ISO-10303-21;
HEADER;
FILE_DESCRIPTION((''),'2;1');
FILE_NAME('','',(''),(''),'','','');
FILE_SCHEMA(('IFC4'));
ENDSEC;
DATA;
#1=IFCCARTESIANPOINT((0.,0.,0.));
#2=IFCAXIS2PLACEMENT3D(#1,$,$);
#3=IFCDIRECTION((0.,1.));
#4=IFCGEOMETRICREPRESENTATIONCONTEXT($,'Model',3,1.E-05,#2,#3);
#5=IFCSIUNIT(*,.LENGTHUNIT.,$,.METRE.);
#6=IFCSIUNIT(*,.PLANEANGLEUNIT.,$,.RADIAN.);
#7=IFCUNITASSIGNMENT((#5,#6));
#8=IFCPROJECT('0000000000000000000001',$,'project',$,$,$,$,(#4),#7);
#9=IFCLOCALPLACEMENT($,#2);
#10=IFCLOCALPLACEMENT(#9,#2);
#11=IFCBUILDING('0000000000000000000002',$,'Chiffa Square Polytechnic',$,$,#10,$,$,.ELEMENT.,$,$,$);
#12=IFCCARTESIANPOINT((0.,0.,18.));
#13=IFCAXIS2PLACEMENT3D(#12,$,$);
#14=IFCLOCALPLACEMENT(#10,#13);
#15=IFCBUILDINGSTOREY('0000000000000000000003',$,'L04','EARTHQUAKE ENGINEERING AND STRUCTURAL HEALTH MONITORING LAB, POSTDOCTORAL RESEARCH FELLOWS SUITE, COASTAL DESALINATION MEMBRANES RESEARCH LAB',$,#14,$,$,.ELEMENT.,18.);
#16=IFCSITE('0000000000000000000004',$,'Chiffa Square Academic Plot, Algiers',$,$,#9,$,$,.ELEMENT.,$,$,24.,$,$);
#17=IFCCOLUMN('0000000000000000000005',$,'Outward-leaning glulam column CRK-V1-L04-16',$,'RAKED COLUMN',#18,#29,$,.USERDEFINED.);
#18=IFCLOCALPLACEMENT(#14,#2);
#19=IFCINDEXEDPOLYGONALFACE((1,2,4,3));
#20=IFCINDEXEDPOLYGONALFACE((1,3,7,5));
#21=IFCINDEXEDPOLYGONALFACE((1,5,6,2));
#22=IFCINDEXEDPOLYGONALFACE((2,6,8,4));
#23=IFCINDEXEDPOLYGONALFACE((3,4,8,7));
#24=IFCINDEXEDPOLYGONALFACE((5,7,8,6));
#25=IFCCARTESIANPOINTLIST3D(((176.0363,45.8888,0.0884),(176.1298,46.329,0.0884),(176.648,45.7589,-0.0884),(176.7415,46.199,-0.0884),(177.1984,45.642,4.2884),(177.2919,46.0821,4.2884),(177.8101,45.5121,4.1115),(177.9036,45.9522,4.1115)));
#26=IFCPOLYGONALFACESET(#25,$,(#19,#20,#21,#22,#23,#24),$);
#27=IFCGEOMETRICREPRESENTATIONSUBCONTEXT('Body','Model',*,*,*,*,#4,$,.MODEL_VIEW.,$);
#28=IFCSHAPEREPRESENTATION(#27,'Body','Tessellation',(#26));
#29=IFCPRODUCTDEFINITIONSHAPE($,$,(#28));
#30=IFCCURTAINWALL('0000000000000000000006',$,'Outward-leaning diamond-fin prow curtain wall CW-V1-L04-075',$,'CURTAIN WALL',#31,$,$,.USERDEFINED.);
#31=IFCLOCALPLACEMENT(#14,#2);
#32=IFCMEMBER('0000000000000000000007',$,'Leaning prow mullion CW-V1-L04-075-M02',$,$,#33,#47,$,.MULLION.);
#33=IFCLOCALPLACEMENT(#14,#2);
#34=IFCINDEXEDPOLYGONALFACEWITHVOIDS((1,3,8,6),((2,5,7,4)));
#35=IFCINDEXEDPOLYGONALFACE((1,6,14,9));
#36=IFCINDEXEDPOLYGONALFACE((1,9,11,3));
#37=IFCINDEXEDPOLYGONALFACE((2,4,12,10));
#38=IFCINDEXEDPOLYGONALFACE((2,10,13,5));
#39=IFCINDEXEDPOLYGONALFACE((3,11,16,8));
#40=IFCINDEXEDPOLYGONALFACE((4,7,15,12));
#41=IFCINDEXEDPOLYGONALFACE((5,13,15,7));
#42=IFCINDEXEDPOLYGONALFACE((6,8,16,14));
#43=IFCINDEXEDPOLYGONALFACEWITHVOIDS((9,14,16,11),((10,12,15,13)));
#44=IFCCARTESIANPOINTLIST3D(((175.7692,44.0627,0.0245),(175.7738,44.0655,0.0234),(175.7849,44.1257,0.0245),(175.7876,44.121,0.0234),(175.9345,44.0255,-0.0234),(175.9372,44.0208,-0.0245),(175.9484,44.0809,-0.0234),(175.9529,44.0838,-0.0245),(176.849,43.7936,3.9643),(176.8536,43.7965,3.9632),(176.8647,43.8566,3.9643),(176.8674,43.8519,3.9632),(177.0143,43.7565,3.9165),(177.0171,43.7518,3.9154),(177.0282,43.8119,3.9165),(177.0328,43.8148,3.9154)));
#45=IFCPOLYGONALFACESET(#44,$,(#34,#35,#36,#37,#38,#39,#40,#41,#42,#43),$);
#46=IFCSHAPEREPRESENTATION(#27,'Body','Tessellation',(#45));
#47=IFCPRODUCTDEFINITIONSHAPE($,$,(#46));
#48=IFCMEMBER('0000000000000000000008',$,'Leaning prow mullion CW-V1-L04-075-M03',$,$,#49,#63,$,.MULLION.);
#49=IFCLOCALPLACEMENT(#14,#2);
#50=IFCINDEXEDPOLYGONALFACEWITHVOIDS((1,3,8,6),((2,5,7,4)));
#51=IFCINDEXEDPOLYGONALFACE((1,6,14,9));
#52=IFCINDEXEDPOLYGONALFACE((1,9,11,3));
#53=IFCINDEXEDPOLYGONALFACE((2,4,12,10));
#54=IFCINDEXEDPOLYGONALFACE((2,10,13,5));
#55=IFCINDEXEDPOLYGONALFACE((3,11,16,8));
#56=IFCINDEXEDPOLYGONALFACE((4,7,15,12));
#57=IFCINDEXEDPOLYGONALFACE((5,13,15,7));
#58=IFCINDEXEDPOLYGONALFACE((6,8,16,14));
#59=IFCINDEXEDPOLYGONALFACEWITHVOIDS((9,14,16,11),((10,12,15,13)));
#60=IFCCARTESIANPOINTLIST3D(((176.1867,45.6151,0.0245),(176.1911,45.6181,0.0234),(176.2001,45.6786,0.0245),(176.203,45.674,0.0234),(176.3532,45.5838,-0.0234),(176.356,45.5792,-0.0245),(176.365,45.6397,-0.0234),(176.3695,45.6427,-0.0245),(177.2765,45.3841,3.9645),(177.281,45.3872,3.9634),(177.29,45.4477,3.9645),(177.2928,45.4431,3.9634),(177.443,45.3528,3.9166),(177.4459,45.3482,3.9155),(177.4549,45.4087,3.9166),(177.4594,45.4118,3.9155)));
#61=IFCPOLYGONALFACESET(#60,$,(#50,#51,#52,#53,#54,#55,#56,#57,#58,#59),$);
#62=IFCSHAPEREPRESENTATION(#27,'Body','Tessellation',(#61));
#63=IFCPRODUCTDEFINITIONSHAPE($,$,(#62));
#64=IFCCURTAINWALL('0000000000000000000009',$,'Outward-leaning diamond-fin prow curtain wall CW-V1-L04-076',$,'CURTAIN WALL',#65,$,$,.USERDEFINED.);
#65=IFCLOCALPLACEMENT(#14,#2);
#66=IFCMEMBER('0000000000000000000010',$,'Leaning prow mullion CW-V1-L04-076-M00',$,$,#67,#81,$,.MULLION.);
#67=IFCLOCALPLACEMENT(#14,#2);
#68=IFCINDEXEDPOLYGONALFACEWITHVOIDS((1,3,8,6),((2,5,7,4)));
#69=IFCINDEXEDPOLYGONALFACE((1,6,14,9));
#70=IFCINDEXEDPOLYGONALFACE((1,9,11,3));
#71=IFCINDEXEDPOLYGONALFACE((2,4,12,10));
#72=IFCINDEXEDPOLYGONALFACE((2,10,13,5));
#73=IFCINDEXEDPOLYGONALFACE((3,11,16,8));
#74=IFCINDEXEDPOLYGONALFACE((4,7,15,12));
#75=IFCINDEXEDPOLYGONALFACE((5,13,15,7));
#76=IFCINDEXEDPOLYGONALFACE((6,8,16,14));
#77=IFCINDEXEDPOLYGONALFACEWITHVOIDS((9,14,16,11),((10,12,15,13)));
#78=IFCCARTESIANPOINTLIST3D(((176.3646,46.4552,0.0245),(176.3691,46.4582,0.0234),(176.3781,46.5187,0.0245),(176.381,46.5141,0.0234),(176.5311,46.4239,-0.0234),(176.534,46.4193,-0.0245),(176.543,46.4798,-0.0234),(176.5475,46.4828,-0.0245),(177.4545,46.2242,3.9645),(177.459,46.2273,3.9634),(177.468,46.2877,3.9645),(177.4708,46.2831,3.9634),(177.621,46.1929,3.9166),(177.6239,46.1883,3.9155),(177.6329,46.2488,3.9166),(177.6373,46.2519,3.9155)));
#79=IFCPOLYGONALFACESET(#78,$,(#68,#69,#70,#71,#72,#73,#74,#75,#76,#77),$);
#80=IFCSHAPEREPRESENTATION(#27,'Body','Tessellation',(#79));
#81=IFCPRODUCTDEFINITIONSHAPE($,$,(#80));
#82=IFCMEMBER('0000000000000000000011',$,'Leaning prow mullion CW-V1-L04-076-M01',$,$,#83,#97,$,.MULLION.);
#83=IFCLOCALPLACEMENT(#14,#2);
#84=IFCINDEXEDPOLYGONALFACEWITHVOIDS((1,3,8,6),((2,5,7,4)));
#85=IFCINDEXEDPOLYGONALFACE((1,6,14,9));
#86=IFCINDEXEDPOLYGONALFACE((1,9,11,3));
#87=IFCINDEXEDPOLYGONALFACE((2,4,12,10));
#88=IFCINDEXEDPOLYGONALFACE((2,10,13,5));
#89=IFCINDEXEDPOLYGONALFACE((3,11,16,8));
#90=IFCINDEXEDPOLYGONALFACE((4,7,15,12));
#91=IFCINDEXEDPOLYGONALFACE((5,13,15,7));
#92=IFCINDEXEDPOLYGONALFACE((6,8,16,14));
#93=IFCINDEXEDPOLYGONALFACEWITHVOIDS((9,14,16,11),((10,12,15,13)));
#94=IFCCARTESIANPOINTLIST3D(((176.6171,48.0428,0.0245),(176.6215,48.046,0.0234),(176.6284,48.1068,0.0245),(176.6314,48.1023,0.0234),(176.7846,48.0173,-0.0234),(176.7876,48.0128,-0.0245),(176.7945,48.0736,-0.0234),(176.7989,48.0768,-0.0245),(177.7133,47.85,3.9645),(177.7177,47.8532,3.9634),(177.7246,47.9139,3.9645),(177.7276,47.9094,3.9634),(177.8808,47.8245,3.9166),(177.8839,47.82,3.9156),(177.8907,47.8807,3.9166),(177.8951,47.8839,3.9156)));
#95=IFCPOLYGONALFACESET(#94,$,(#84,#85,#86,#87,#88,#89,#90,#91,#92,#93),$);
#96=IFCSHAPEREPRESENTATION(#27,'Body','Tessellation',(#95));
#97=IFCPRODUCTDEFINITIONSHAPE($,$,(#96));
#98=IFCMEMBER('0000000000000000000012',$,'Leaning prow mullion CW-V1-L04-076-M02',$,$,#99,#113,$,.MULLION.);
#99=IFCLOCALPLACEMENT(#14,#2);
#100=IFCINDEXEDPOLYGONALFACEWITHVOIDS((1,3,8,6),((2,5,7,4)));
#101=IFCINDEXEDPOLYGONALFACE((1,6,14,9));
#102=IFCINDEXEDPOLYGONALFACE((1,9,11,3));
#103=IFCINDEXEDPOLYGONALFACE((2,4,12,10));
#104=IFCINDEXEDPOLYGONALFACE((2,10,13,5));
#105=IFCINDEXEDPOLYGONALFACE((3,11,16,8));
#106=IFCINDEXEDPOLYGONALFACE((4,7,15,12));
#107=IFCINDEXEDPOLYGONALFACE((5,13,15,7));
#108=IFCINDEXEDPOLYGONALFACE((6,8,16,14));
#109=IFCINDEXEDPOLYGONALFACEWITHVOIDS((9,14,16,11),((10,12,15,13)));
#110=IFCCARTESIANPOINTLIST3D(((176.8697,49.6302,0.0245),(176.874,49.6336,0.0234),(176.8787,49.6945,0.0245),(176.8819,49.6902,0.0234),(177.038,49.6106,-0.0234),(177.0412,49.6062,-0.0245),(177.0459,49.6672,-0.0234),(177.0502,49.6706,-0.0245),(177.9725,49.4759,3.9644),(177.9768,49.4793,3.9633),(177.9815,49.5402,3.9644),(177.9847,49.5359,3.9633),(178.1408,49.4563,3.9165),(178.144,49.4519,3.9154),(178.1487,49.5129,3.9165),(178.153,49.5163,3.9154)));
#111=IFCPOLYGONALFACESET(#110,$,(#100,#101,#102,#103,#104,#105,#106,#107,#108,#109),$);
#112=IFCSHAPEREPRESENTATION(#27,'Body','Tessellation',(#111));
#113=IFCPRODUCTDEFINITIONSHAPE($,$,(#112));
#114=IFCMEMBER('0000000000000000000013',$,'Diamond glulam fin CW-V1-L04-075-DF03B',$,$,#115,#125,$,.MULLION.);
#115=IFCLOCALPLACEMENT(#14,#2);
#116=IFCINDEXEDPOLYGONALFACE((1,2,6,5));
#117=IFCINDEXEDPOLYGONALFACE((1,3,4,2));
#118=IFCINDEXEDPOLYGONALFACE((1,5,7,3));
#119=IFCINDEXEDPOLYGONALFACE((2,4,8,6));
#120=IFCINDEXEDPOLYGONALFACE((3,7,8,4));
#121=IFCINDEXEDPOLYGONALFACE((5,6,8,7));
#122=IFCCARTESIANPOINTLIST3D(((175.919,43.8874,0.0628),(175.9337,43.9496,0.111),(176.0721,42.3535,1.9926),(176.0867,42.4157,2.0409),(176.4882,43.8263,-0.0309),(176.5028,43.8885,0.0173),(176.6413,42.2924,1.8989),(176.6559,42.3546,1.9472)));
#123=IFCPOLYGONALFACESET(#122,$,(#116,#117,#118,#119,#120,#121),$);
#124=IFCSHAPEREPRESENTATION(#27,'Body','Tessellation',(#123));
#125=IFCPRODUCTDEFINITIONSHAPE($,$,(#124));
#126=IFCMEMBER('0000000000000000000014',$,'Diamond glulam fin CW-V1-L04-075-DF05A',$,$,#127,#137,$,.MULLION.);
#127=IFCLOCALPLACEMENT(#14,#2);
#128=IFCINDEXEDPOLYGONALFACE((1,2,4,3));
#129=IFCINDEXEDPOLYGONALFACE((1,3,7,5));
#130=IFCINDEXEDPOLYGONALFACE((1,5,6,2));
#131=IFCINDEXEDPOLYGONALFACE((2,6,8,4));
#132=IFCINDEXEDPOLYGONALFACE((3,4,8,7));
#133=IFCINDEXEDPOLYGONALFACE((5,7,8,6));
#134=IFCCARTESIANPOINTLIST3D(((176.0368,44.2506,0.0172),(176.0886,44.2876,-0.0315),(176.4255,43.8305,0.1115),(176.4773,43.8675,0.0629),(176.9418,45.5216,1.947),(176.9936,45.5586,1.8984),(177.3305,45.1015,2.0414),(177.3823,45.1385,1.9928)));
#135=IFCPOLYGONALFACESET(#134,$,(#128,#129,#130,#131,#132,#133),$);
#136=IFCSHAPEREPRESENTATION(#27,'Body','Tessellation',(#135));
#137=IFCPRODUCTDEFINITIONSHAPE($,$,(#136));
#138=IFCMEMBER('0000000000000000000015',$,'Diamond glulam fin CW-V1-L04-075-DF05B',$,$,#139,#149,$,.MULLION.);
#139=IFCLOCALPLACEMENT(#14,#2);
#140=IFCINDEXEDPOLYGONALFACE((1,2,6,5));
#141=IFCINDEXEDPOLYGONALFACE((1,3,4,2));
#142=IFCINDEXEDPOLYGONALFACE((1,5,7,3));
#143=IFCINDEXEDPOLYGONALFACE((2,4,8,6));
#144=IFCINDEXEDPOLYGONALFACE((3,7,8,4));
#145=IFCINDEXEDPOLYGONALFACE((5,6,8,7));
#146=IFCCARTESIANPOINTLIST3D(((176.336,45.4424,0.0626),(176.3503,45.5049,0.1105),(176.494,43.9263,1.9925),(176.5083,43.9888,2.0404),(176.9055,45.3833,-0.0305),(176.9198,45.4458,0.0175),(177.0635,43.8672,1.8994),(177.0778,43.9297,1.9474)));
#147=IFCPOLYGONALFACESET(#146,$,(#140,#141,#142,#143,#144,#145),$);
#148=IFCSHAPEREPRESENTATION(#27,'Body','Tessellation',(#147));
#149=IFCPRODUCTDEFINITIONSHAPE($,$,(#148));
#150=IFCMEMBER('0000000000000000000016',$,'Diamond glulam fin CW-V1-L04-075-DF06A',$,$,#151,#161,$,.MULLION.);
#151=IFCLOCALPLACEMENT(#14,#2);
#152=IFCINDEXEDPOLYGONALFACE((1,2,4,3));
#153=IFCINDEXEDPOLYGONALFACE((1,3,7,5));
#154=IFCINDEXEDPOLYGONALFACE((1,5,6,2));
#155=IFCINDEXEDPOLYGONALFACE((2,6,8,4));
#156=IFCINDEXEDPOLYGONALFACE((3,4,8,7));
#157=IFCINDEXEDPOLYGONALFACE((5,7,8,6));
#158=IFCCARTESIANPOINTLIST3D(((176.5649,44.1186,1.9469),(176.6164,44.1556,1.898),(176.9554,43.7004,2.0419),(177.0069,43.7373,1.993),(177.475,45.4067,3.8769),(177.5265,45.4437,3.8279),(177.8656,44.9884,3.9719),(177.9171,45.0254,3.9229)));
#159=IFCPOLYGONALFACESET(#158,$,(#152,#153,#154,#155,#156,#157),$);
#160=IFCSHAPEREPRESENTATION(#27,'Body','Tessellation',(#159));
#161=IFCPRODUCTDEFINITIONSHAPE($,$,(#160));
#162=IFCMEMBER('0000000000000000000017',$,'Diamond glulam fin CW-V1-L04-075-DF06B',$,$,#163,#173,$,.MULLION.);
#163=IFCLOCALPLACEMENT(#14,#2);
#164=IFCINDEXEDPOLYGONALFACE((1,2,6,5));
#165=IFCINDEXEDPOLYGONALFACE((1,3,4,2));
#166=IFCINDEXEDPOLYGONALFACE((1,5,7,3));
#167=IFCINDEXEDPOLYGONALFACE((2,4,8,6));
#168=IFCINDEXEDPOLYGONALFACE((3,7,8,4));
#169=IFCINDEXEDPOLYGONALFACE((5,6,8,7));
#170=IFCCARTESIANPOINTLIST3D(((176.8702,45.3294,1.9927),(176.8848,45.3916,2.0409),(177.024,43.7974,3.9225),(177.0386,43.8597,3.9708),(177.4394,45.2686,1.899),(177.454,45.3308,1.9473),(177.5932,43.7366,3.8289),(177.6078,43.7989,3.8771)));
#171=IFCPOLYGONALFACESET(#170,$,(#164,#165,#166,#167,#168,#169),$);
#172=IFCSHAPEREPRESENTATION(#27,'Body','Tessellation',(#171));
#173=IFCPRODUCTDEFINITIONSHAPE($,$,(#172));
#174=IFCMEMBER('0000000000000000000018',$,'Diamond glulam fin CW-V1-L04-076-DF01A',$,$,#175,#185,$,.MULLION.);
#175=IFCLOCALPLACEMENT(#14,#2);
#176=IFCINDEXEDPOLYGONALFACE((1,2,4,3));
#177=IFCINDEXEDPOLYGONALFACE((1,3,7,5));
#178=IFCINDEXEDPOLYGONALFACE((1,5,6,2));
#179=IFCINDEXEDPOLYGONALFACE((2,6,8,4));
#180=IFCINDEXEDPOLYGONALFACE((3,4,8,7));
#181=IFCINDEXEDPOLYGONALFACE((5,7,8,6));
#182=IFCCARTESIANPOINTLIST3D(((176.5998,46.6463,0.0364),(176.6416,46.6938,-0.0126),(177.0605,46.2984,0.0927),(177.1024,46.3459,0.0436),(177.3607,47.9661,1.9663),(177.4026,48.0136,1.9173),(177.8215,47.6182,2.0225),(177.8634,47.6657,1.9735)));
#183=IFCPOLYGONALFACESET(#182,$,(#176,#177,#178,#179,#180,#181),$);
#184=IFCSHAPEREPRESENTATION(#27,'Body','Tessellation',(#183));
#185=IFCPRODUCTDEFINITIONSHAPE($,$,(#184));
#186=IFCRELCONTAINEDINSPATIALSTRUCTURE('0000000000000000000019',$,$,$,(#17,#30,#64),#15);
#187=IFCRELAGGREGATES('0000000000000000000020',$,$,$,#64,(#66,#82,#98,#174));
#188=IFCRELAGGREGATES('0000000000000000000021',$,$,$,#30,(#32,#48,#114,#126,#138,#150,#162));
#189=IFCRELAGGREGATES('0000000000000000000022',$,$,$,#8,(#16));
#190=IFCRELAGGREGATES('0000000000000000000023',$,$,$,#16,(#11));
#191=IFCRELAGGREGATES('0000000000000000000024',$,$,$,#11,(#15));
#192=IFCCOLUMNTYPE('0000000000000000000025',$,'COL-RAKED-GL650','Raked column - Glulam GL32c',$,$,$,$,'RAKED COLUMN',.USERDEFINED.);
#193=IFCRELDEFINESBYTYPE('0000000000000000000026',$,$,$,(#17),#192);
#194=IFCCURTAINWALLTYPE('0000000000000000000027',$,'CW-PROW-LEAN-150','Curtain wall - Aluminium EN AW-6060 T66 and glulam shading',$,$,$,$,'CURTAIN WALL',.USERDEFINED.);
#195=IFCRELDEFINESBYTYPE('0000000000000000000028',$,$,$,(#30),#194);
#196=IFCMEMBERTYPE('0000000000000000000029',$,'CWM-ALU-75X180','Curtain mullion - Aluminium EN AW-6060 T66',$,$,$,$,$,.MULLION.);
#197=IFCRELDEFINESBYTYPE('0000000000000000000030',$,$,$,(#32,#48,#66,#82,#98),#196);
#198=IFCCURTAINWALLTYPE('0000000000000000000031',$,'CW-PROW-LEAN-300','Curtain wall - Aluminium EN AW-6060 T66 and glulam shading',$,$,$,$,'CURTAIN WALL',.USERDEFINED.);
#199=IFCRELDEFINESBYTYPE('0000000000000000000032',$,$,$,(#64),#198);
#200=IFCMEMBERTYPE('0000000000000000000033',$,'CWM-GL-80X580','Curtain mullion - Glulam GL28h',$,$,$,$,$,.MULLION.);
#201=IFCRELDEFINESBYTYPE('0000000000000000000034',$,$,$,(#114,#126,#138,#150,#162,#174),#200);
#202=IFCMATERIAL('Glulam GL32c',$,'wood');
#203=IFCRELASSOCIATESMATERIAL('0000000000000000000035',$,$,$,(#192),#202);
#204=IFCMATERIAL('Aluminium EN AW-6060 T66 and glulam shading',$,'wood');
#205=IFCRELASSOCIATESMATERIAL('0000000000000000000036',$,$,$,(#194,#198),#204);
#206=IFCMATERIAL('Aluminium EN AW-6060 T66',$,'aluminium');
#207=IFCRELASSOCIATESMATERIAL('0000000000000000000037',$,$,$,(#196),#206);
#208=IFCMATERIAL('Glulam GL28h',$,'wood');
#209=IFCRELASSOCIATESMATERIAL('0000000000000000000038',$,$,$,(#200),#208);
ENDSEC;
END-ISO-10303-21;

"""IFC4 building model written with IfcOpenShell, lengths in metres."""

from ifc_helpers import new_model, si_unit, direction, frame, origin, origin_2d, place, context, subcontext, project, spatial, rectangle, hollow_rectangle, extrude, material, material_profile, profile_set, type_object, element, aggregate, save


model = new_model("IFC4")

# Units and contexts
model_context = context("Model", 3, precision=1e-05, world=origin(), true_north=direction((0.0, 1.0)))
body_context = subcontext(model_context, "Body", "Model", "MODEL_VIEW")
ifc_project = project(units=[si_unit("LENGTHUNIT", "METRE"), si_unit("PLANEANGLEUNIT", "RADIAN")], contexts=[model_context])

# Site, building, storey
site_placement = place(None, origin())
site = spatial("IfcSite", under=ifc_project, at=site_placement, Name="Chiffa Square Academic Plot, Algiers", CompositionType="ELEMENT", RefElevation=24.0)
building_placement = place(site_placement, origin())
building = spatial("IfcBuilding", under=site, at=building_placement, Name="Chiffa Square Polytechnic", CompositionType="ELEMENT")
storey_placement = place(building_placement, frame((0.0, 0.0, 18.0)))
storey = spatial("IfcBuildingStorey", under=building, at=storey_placement, Name="L04", Description="EARTHQUAKE ENGINEERING AND STRUCTURAL HEALTH MONITORING LAB, POSTDOCTORAL RESEARCH FELLOWS SUITE, COASTAL DESALINATION MEMBRANES RESEARCH LAB", CompositionType="ELEMENT", Elevation=18.0)

# Column
ifc_material_1 = material(Name="Glulam GL32c", Category="wood")
ifc_material_profile_1 = material_profile(ifc_material_1, rectangle(XDim=0.45, YDim=0.6499, at=origin_2d()), Name="GL32c 450x650")
ifc_profile_set_1 = profile_set([ifc_material_profile_1], Name="Glulam GL32c")
column_type = type_object("IfcColumnType", Name="COL-RAKED-GL650", Description="Raked column - Glulam GL32c", ElementType="RAKED COLUMN", PredefinedType="USERDEFINED", material=ifc_profile_set_1)
column_placement = place(storey_placement, frame((176.3889, 46.0439, 0.0), z_axis=(0.266249, -0.05655, 0.962244), x_axis=(0.20776, 0.97818, 0.0)))
element("IfcColumn", 1, at=column_placement, inside=storey, type_object=column_type, Name="Outward-leaning glulam column CRK-V1-L04-16", ObjectType="RAKED COLUMN", PredefinedType="USERDEFINED", context=body_context, shape_type="SweptSolid", body=[
    extrude(rectangle(XDim=0.45, YDim=0.6499, at=origin_2d()), origin(), (0.0, 0.0, 1.0), 4.3647),
])

# Curtain walls, members
ifc_material_2 = material(Name="Aluminium EN AW-6060 T66 and glulam shading", Category="wood")
curtain_wall_type_1 = type_object("IfcCurtainWallType", Name="CW-PROW-LEAN-150", Description="Curtain wall - Aluminium EN AW-6060 T66 and glulam shading", ElementType="CURTAIN WALL", PredefinedType="USERDEFINED", material=ifc_material_2)
curtain_wall_1_placement = place(storey_placement, origin())
curtain_wall_1 = element("IfcCurtainWall", 2, at=curtain_wall_1_placement, inside=storey, type_object=curtain_wall_type_1, Name="Outward-leaning diamond-fin prow curtain wall CW-V1-L04-075", ObjectType="CURTAIN WALL", PredefinedType="USERDEFINED")
ifc_material_3 = material(Name="Aluminium EN AW-6060 T66", Category="aluminium")
ifc_material_profile_2 = material_profile(ifc_material_3, hollow_rectangle(XDim=0.0649, YDim=0.1799, WallThickness=0.0039, at=origin_2d()), Name="ALU 65x180x4")
ifc_profile_set_2 = profile_set([ifc_material_profile_2], Name="Aluminium EN AW-6060 T66")
member_type_1 = type_object("IfcMemberType", Name="CWM-ALU-75X180", Description="Curtain mullion - Aluminium EN AW-6060 T66", PredefinedType="MULLION", material=ifc_profile_set_2)
member_1_placement = place(storey_placement, frame((175.8611, 44.0732, 0.0), z_axis=(0.263754, -0.065715, 0.962349), x_axis=(0.241761, 0.970336, 0.0)))
member_1 = element("IfcMember", 3, at=member_1_placement, type_object=member_type_1, Name="Leaning prow mullion CW-V1-L04-075-M02", PredefinedType="MULLION", context=body_context, shape_type="SweptSolid", body=[
    extrude(hollow_rectangle(XDim=0.0649, YDim=0.1799, WallThickness=0.0039, at=origin_2d()), origin(), (0.0, 0.0, 1.0), 4.094),
])
member_2_placement = place(storey_placement, frame((176.2781, 45.6289, 0.0), z_axis=(0.266178, -0.056408, 0.962272), x_axis=(0.207314, 0.978275, 0.0)))
member_2 = element("IfcMember", 4, at=member_2_placement, type_object=member_type_1, Name="Leaning prow mullion CW-V1-L04-075-M03", PredefinedType="MULLION", context=body_context, shape_type="SweptSolid", body=[
    extrude(hollow_rectangle(XDim=0.0649, YDim=0.1799, WallThickness=0.0039, at=origin_2d()), origin(), (0.0, 0.0, 1.0), 4.0945),
])
curtain_wall_type_2 = type_object("IfcCurtainWallType", Name="CW-PROW-LEAN-300", Description="Curtain wall - Aluminium EN AW-6060 T66 and glulam shading", ElementType="CURTAIN WALL", PredefinedType="USERDEFINED", material=ifc_material_2)
curtain_wall_2_placement = place(storey_placement, origin())
curtain_wall_2 = element("IfcCurtainWall", 5, at=curtain_wall_2_placement, inside=storey, type_object=curtain_wall_type_2, Name="Outward-leaning diamond-fin prow curtain wall CW-V1-L04-076", ObjectType="CURTAIN WALL", PredefinedType="USERDEFINED")
member_3_placement = place(storey_placement, frame((176.4561, 46.469, 0.0), z_axis=(0.266178, -0.056408, 0.962272), x_axis=(0.207314, 0.978275, 0.0)))
member_3 = element("IfcMember", 6, at=member_3_placement, type_object=member_type_1, Name="Leaning prow mullion CW-V1-L04-076-M00", PredefinedType="MULLION", context=body_context, shape_type="SweptSolid", body=[
    extrude(hollow_rectangle(XDim=0.0649, YDim=0.1799, WallThickness=0.0039, at=origin_2d()), origin(), (0.0, 0.0, 1.0), 4.0945),
])
member_4_placement = place(storey_placement, frame((176.708, 48.0598, 0.0), z_axis=(0.267747, -0.047109, 0.962337), x_axis=(0.173285, 0.984872, 0.0)))
member_4 = element("IfcMember", 7, at=member_4_placement, type_object=member_type_1, Name="Leaning prow mullion CW-V1-L04-076-M01", PredefinedType="MULLION", context=body_context, shape_type="SweptSolid", body=[
    extrude(hollow_rectangle(XDim=0.0649, YDim=0.1799, WallThickness=0.0039, at=origin_2d()), origin(), (0.0, 0.0, 1.0), 4.0942),
])
member_5_placement = place(storey_placement, frame((176.96, 49.6504, 0.0), z_axis=(0.269348, -0.037686, 0.962305), x_axis=(0.138566, 0.990353, 0.0)))
member_5 = element("IfcMember", 8, at=member_5_placement, type_object=member_type_1, Name="Leaning prow mullion CW-V1-L04-076-M02", PredefinedType="MULLION", context=body_context, shape_type="SweptSolid", body=[
    extrude(hollow_rectangle(XDim=0.0649, YDim=0.1799, WallThickness=0.0039, at=origin_2d()), origin(), (0.0, 0.0, 1.0), 4.0942),
])

# Members
ifc_material_4 = material(Name="Glulam GL28h", Category="wood")
ifc_material_profile_3 = material_profile(ifc_material_4, rectangle(XDim=0.0801, YDim=0.5801, at=origin_2d()), Name="GL28h 80x580")
ifc_profile_set_3 = profile_set([ifc_material_profile_3], Name="Glulam GL28h")
member_type_2 = type_object("IfcMemberType", Name="CWM-GL-80X580", Description="Curtain mullion - Glulam GL28h", PredefinedType="MULLION", material=ifc_profile_set_3)
member_6_placement = place(storey_placement, frame((176.2109, 43.8879, 0.04), z_axis=(0.061974, -0.62102, 0.781341), x_axis=(0.182597, 0.776688, 0.602839)))
member_6 = element("IfcMember", 9, at=member_6_placement, type_object=member_type_2, Name="Diamond glulam fin CW-V1-L04-075-DF03B", PredefinedType="MULLION", context=body_context, shape_type="SweptSolid", body=[
    extrude(rectangle(XDim=0.0801, YDim=0.5801, at=origin_2d()), origin(), (0.0, 0.0, 1.0), 2.47),
])
member_7_placement = place(storey_placement, frame((176.2571, 44.0591, 0.04), z_axis=(0.364672, 0.512134, 0.777646), x_axis=(-0.646526, -0.461752, 0.60728)))
member_7 = element("IfcMember", 10, at=member_7_placement, type_object=member_type_2, Name="Diamond glulam fin CW-V1-L04-075-DF05A", PredefinedType="MULLION", context=body_context, shape_type="SweptSolid", body=[
    extrude(rectangle(XDim=0.0801, YDim=0.5801, at=origin_2d()), origin(), (0.0, 0.0, 1.0), 2.4817),
])
member_8_placement = place(storey_placement, frame((176.6279, 45.4441, 0.04), z_axis=(0.064229, -0.61648, 0.784746), x_axis=(0.178877, 0.780746, 0.598697)))
member_8 = element("IfcMember", 11, at=member_8_placement, type_object=member_type_2, Name="Diamond glulam fin CW-V1-L04-075-DF05B", PredefinedType="MULLION", context=body_context, shape_type="SweptSolid", body=[
    extrude(rectangle(XDim=0.0801, YDim=0.5801, at=origin_2d()), origin(), (0.0, 0.0, 1.0), 2.4592),
])
member_9_placement = place(storey_placement, frame((176.7859, 43.928, 1.97), z_axis=(0.365169, 0.5168, 0.774319), x_axis=(-0.642988, -0.461476, 0.611234)))
member_9 = element("IfcMember", 12, at=member_9_placement, type_object=member_type_2, Name="Diamond glulam fin CW-V1-L04-075-DF06A", PredefinedType="MULLION", context=body_context, shape_type="SweptSolid", body=[
    extrude(rectangle(XDim=0.0801, YDim=0.5801, at=origin_2d()), origin(), (0.0, 0.0, 1.0), 2.4924),
])
member_10_placement = place(storey_placement, frame((177.1621, 45.3301, 1.97), z_axis=(0.062299, -0.620523, 0.78171), x_axis=(0.182095, 0.777152, 0.602392)))
member_10 = element("IfcMember", 13, at=member_10_placement, type_object=member_type_2, Name="Diamond glulam fin CW-V1-L04-075-DF06B", PredefinedType="MULLION", context=body_context, shape_type="SweptSolid", body=[
    extrude(rectangle(XDim=0.0801, YDim=0.5801, at=origin_2d()), origin(), (0.0, 0.0, 1.0), 2.4688),
])
member_11_placement = place(storey_placement, frame((176.8511, 46.4961, 0.04), z_axis=(0.309496, 0.536777, 0.78491), x_axis=(-0.522757, -0.593467, 0.611982)))
member_11 = element("IfcMember", 14, at=member_11_placement, type_object=member_type_2, Name="Diamond glulam fin CW-V1-L04-076-DF01A", PredefinedType="MULLION", context=body_context, shape_type="SweptSolid", body=[
    extrude(rectangle(XDim=0.0801, YDim=0.5801, at=origin_2d()), origin(), (0.0, 0.0, 1.0), 2.4587),
])

aggregate(curtain_wall_2, [member_3, member_4, member_5, member_11])
aggregate(curtain_wall_1, [member_1, member_2, member_6, member_7, member_8, member_9, member_10])

save(model, "model.ifc")
